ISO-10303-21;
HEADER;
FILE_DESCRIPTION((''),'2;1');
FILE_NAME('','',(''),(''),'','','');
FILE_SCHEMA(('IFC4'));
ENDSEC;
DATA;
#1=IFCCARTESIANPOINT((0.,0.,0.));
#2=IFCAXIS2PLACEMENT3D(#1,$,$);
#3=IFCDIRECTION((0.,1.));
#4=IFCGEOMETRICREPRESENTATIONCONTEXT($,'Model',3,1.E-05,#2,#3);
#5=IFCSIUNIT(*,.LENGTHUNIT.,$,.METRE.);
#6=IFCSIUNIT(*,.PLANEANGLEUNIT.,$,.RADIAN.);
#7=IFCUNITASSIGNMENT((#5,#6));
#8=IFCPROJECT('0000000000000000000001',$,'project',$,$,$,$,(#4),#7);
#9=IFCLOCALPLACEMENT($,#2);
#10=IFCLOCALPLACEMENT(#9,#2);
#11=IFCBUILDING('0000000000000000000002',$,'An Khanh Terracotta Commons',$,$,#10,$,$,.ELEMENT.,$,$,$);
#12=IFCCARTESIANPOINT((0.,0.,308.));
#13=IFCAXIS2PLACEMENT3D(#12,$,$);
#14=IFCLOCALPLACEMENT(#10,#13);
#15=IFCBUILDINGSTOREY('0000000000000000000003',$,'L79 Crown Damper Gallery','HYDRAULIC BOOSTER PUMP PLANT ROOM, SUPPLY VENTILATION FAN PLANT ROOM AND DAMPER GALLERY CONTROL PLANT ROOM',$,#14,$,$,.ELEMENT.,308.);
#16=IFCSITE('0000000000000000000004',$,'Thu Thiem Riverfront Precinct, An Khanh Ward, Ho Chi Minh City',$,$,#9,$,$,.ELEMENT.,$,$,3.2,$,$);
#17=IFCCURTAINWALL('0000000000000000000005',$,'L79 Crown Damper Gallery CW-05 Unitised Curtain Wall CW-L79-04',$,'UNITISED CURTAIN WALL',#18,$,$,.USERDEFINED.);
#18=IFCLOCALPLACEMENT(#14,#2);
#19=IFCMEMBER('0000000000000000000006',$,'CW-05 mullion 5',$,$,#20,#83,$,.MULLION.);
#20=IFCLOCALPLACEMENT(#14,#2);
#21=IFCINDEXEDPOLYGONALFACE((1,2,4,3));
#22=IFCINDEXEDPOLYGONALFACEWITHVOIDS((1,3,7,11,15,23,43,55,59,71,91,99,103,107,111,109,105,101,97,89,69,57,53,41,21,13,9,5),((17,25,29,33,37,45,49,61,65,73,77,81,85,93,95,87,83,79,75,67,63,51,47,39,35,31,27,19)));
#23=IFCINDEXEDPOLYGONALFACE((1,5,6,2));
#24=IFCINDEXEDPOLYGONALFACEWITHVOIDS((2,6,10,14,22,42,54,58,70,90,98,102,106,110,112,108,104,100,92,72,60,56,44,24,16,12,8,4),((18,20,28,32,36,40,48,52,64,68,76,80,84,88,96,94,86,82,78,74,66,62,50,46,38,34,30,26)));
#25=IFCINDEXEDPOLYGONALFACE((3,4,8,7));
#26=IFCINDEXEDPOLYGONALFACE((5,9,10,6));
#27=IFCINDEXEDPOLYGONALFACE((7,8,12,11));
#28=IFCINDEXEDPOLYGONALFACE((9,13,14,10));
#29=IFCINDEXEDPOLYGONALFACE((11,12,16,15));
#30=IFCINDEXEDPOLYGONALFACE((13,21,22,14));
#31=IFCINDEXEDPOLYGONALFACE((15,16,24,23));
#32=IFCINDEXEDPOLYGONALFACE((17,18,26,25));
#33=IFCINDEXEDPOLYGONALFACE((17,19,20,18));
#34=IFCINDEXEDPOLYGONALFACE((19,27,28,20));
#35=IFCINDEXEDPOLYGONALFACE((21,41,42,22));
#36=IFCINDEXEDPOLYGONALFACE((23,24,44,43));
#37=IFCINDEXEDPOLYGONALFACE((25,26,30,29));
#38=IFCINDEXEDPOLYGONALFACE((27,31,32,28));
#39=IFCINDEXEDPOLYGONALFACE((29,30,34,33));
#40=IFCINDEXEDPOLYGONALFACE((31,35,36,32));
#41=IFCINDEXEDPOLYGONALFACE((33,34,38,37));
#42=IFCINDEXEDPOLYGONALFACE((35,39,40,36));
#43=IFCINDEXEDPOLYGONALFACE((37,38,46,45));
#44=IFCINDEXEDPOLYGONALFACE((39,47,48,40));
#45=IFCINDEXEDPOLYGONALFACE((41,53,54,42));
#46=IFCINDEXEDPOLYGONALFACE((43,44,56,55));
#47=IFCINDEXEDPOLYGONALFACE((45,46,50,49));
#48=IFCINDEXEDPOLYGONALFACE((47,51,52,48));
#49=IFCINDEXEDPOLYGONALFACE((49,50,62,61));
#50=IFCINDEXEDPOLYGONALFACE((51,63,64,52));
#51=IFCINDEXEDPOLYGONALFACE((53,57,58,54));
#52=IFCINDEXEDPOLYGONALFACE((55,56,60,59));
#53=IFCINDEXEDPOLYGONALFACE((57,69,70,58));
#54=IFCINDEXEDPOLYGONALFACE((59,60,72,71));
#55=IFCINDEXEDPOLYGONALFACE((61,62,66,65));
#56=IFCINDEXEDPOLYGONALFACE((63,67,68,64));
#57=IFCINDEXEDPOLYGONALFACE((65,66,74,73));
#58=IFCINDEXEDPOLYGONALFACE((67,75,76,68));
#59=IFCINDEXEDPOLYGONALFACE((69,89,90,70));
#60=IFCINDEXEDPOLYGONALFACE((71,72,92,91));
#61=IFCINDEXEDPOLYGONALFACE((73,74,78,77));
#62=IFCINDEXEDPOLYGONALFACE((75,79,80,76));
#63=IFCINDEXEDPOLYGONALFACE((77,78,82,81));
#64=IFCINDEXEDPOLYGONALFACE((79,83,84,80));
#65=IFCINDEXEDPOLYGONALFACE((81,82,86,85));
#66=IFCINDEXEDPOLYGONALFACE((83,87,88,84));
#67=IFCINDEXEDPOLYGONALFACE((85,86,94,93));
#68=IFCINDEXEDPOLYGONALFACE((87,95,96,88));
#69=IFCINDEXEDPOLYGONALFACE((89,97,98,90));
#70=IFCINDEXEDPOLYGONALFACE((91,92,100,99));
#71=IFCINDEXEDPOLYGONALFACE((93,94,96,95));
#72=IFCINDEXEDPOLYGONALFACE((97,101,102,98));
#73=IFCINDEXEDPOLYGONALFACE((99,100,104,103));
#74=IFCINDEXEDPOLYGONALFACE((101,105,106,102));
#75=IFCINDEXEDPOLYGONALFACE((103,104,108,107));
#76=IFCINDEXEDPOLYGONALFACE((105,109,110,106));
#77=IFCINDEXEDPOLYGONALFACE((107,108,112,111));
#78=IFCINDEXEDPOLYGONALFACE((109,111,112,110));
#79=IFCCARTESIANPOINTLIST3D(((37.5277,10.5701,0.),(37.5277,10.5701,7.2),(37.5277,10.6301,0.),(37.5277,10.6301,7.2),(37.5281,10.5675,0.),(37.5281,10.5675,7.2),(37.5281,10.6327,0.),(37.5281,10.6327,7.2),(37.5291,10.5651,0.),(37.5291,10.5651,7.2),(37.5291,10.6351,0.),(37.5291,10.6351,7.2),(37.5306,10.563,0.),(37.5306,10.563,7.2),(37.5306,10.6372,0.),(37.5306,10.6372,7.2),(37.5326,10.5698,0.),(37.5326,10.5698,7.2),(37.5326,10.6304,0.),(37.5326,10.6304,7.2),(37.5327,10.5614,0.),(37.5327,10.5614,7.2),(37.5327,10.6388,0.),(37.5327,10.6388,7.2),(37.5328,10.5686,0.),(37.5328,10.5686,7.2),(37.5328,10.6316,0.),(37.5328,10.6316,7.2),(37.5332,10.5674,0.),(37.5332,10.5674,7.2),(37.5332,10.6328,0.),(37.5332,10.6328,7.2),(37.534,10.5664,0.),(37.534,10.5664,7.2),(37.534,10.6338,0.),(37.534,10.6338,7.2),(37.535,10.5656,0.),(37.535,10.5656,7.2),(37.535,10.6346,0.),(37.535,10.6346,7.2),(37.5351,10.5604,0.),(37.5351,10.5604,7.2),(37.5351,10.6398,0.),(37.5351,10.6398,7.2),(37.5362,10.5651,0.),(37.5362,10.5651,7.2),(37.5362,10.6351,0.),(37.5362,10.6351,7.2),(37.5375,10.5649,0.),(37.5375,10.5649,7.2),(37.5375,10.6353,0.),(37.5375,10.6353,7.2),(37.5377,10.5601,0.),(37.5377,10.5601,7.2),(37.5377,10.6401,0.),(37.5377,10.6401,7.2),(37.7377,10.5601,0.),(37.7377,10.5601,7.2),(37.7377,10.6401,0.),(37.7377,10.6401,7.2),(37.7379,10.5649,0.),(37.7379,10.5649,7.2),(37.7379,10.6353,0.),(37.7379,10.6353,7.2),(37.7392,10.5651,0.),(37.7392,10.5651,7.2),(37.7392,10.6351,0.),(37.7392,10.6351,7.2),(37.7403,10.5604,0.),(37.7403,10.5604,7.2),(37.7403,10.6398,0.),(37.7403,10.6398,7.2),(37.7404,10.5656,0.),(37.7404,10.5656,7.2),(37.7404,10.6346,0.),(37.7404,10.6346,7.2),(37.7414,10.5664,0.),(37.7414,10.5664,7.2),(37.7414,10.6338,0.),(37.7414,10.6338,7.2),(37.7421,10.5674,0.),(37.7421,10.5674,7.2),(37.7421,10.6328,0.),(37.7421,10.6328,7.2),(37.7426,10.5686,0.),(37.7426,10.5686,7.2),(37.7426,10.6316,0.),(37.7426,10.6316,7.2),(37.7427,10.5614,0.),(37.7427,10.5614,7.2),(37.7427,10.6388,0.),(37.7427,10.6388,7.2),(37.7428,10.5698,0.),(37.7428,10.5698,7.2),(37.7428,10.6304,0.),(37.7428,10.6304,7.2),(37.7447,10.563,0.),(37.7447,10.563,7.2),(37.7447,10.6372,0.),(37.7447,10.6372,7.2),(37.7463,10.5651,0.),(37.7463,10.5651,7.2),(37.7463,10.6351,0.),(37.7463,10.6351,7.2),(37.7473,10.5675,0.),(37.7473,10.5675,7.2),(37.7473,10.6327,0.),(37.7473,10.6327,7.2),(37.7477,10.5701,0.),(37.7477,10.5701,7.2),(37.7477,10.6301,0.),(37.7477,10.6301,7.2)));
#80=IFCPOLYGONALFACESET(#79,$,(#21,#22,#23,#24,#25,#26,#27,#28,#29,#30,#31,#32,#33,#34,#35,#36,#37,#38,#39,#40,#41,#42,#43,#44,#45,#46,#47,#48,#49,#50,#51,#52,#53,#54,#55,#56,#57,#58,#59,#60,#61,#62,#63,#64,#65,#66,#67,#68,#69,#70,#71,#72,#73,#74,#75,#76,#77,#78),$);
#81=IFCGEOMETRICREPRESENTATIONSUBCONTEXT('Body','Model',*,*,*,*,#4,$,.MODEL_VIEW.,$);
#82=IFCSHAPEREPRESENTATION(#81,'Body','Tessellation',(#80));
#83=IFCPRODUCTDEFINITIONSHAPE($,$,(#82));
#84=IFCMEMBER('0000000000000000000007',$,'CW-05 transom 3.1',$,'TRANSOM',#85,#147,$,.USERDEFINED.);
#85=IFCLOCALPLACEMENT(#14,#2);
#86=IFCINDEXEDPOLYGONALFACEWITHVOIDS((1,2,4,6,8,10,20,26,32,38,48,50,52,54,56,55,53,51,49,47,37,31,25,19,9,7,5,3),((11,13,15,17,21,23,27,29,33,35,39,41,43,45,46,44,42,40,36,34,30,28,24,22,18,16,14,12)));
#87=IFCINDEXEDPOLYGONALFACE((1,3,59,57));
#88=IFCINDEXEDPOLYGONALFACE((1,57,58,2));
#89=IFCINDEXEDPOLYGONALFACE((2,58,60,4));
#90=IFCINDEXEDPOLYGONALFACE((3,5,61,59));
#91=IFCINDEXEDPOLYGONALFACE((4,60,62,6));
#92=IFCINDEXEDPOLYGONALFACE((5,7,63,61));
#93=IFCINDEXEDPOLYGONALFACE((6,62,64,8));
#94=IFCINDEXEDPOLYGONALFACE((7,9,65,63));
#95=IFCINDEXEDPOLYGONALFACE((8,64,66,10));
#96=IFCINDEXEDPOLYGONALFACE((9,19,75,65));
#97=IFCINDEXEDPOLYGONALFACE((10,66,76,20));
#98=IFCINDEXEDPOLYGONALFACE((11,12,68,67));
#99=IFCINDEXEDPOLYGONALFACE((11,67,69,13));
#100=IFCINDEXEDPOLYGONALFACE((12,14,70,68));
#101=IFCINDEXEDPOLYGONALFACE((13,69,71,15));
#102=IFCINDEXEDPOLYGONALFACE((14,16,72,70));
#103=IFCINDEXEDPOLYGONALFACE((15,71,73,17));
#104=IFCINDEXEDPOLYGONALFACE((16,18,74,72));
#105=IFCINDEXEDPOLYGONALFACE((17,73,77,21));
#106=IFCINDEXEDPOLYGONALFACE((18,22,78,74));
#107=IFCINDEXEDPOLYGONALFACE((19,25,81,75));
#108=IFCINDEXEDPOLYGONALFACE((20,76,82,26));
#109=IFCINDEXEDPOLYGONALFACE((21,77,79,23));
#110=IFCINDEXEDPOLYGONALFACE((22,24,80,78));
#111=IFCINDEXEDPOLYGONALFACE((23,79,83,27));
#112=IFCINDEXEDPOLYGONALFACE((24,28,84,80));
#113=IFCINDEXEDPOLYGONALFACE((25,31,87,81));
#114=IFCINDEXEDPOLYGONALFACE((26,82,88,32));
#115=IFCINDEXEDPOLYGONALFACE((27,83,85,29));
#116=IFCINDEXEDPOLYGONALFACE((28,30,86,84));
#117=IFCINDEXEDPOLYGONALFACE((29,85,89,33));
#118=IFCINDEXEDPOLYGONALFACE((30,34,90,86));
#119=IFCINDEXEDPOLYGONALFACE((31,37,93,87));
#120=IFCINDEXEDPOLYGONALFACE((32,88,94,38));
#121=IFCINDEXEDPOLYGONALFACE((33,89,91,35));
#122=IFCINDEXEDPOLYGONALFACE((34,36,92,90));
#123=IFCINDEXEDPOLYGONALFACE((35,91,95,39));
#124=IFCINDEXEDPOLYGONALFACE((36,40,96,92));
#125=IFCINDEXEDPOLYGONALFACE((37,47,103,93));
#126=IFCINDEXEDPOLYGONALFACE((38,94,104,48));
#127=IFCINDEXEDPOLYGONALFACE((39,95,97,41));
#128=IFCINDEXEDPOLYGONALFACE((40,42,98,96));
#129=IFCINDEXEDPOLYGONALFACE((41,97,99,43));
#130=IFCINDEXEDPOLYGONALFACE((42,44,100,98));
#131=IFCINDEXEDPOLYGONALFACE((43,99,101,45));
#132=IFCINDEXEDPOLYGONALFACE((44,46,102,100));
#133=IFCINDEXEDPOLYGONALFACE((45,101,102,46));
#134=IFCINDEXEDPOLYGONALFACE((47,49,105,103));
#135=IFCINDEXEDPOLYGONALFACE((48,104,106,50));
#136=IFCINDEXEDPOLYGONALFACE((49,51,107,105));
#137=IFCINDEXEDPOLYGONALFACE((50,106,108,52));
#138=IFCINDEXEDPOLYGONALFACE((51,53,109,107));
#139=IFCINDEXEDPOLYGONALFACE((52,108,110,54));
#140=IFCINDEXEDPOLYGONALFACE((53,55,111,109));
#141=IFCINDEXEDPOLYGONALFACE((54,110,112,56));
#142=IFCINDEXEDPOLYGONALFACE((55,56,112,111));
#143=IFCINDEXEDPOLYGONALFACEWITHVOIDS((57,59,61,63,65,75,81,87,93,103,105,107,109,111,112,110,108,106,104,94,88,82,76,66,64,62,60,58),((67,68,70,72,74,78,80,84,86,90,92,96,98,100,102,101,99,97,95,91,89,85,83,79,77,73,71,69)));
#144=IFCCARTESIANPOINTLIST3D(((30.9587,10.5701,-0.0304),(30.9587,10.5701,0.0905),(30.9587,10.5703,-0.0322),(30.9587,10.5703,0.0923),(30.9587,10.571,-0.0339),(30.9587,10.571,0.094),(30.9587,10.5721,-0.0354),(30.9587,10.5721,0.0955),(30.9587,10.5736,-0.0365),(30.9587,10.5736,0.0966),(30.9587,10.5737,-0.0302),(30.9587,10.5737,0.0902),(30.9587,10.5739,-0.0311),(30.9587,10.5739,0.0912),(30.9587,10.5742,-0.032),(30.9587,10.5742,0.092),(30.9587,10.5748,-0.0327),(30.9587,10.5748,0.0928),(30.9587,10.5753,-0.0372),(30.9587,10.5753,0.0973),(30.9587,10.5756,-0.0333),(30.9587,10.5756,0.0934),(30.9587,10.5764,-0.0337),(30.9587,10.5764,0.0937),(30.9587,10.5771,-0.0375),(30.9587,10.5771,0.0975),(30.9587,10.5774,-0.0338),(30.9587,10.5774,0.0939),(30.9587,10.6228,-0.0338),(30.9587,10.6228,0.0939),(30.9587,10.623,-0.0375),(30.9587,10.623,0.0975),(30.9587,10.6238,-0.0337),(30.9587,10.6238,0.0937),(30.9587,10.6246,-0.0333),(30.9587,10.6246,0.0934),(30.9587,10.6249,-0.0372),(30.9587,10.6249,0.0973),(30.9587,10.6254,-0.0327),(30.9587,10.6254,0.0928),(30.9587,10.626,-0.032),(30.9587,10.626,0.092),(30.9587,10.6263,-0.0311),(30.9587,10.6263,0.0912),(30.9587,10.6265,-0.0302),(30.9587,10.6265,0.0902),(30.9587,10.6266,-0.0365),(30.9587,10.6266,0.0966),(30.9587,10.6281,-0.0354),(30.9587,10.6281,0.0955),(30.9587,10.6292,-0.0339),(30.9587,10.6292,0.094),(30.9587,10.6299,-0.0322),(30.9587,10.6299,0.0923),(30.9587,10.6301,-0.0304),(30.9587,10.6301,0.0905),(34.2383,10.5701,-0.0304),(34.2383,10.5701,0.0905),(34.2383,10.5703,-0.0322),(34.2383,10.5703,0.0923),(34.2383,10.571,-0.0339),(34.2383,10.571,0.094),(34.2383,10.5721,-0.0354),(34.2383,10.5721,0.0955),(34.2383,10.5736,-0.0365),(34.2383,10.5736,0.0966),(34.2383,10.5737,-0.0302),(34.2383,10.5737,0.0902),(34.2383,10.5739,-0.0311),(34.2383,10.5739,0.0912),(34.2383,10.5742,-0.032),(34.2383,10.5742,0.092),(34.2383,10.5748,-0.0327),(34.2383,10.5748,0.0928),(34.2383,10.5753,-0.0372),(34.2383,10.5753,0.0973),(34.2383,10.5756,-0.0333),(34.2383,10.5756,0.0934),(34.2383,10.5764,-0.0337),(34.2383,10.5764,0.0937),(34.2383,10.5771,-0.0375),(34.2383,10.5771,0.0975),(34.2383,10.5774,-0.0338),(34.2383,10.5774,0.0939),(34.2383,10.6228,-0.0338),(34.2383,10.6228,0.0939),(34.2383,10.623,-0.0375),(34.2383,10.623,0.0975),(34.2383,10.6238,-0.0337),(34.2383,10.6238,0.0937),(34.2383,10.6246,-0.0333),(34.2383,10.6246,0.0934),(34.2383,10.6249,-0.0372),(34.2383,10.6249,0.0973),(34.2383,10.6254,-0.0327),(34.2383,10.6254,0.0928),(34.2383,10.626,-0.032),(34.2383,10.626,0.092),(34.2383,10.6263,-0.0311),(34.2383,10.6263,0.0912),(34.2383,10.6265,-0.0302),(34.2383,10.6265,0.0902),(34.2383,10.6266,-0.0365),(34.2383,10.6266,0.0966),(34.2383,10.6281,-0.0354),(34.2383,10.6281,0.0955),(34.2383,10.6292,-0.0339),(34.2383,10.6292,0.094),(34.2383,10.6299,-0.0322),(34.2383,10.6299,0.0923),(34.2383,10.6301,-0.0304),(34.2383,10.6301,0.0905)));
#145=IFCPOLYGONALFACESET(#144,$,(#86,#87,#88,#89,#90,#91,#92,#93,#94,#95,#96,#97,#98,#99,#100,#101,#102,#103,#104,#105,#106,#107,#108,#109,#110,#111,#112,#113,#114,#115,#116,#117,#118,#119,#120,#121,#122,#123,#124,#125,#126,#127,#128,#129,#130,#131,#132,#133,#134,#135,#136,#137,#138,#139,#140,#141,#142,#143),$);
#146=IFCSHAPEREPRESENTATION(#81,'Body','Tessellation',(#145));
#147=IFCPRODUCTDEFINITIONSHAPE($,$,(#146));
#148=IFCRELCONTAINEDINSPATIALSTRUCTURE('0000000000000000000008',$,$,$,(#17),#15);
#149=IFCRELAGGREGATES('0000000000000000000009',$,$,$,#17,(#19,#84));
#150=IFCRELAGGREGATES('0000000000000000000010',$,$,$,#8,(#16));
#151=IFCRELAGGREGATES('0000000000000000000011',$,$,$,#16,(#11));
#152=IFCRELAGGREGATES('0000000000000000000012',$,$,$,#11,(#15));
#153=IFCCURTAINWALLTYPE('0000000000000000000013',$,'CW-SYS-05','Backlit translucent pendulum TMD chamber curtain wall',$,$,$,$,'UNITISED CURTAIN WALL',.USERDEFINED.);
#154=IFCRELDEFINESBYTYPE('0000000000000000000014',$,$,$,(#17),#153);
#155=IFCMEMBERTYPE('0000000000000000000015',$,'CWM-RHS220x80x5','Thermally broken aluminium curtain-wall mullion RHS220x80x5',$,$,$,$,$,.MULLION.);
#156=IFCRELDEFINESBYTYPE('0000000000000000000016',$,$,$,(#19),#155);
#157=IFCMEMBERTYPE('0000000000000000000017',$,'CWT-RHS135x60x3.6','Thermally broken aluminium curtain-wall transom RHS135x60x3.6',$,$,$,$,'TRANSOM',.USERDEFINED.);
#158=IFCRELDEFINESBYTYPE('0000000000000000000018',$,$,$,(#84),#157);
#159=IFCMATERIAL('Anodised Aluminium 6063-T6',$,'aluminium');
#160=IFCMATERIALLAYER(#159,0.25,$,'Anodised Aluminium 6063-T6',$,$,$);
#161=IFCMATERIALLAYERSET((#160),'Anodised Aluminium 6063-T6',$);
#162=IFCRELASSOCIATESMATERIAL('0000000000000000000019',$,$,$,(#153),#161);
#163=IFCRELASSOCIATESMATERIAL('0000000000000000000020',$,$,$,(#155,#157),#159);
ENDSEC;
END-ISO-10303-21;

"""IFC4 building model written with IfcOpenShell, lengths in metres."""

from ifc_helpers import new_model, si_unit, direction, frame, origin, origin_2d, place, context, subcontext, project, spatial, hollow_rectangle, extrude, material, layer, layer_set, material_profile, profile_set, type_object, element, aggregate, save


model = new_model("IFC4")

# Units and contexts
model_context = context("Model", 3, precision=1e-05, world=origin(), true_north=direction((0.0, 1.0)))
body_context = subcontext(model_context, "Body", "Model", "MODEL_VIEW")
ifc_project = project(units=[si_unit("LENGTHUNIT", "METRE"), si_unit("PLANEANGLEUNIT", "RADIAN")], contexts=[model_context])

# Site, building, storey
site_placement = place(None, origin())
site = spatial("IfcSite", under=ifc_project, at=site_placement, Name="Thu Thiem Riverfront Precinct, An Khanh Ward, Ho Chi Minh City", CompositionType="ELEMENT", RefElevation=3.2)
building_placement = place(site_placement, origin())
building = spatial("IfcBuilding", under=site, at=building_placement, Name="An Khanh Terracotta Commons", CompositionType="ELEMENT")
storey_placement = place(building_placement, frame((0.0, 0.0, 308.0)))
storey = spatial("IfcBuildingStorey", under=building, at=storey_placement, Name="L79 Crown Damper Gallery", Description="HYDRAULIC BOOSTER PUMP PLANT ROOM, SUPPLY VENTILATION FAN PLANT ROOM AND DAMPER GALLERY CONTROL PLANT ROOM", CompositionType="ELEMENT", Elevation=308.0)

# Curtain wall, members
ifc_material_1 = material(Name="Anodised Aluminium 6063-T6", Category="aluminium")
ifc_layer_1 = layer(ifc_material_1, 0.25, Name="Anodised Aluminium 6063-T6")
ifc_layer_set_1 = layer_set([ifc_layer_1], Name="Anodised Aluminium 6063-T6")
curtain_wall_type = type_object("IfcCurtainWallType", Name="CW-SYS-05", Description="Backlit translucent pendulum TMD chamber curtain wall", ElementType="UNITISED CURTAIN WALL", PredefinedType="USERDEFINED", material=ifc_layer_set_1)
curtain_wall_placement = place(storey_placement, origin())
curtain_wall = element("IfcCurtainWall", 1, at=curtain_wall_placement, inside=storey, type_object=curtain_wall_type, Name="L79 Crown Damper Gallery CW-05 Unitised Curtain Wall CW-L79-04", ObjectType="UNITISED CURTAIN WALL", PredefinedType="USERDEFINED")
ifc_material_profile_1 = material_profile(ifc_material_1, hollow_rectangle(XDim=0.0801, YDim=0.22, WallThickness=0.0049, InnerFilletRadius=0.0049, OuterFilletRadius=0.01, at=origin_2d()), Name="RHS220x80x5")
ifc_profile_set_1 = profile_set([ifc_material_profile_1], Name="Anodised Aluminium 6063-T6")
member_type_1 = type_object("IfcMemberType", Name="CWM-RHS220x80x5", Description="Thermally broken aluminium curtain-wall mullion RHS220x80x5", PredefinedType="MULLION", material=ifc_profile_set_1)
member_1_placement = place(storey_placement, frame((37.6377, 10.6001, 0.0), z_axis=(0.0, 0.0, 1.0), x_axis=(0.0, 1.0, 0.0)))
member_1 = element("IfcMember", 2, at=member_1_placement, type_object=member_type_1, Name="CW-05 mullion 5", PredefinedType="MULLION", context=body_context, shape_type="SweptSolid", body=[
    extrude(hollow_rectangle(XDim=0.0801, YDim=0.22, WallThickness=0.0049, InnerFilletRadius=0.0049, OuterFilletRadius=0.01, at=origin_2d()), origin(), (0.0, 0.0, 1.0), 7.2),
])
ifc_material_profile_2 = material_profile(ifc_material_1, hollow_rectangle(XDim=0.0601, YDim=0.135, WallThickness=0.0037, InnerFilletRadius=0.0037, OuterFilletRadius=0.0071, at=origin_2d()), Name="RHS135x60x3.6")
ifc_profile_set_2 = profile_set([ifc_material_profile_2], Name="Anodised Aluminium 6063-T6")
member_type_2 = type_object("IfcMemberType", Name="CWT-RHS135x60x3.6", Description="Thermally broken aluminium curtain-wall transom RHS135x60x3.6", ElementType="TRANSOM", PredefinedType="USERDEFINED", material=ifc_profile_set_2)
member_2_placement = place(storey_placement, frame((30.9587, 10.6001, 0.03), z_axis=(1.0, 0.0, 0.0), x_axis=(0.0, 1.0, 0.0)))
member_2 = element("IfcMember", 3, at=member_2_placement, type_object=member_type_2, Name="CW-05 transom 3.1", ObjectType="TRANSOM", PredefinedType="USERDEFINED", context=body_context, shape_type="SweptSolid", body=[
    extrude(hollow_rectangle(XDim=0.0601, YDim=0.135, WallThickness=0.0037, InnerFilletRadius=0.0037, OuterFilletRadius=0.0071, at=origin_2d()), origin(), (0.0, 0.0, 1.0), 3.2795),
])
aggregate(curtain_wall, [member_1, member_2])

save(model, "model.ifc")
